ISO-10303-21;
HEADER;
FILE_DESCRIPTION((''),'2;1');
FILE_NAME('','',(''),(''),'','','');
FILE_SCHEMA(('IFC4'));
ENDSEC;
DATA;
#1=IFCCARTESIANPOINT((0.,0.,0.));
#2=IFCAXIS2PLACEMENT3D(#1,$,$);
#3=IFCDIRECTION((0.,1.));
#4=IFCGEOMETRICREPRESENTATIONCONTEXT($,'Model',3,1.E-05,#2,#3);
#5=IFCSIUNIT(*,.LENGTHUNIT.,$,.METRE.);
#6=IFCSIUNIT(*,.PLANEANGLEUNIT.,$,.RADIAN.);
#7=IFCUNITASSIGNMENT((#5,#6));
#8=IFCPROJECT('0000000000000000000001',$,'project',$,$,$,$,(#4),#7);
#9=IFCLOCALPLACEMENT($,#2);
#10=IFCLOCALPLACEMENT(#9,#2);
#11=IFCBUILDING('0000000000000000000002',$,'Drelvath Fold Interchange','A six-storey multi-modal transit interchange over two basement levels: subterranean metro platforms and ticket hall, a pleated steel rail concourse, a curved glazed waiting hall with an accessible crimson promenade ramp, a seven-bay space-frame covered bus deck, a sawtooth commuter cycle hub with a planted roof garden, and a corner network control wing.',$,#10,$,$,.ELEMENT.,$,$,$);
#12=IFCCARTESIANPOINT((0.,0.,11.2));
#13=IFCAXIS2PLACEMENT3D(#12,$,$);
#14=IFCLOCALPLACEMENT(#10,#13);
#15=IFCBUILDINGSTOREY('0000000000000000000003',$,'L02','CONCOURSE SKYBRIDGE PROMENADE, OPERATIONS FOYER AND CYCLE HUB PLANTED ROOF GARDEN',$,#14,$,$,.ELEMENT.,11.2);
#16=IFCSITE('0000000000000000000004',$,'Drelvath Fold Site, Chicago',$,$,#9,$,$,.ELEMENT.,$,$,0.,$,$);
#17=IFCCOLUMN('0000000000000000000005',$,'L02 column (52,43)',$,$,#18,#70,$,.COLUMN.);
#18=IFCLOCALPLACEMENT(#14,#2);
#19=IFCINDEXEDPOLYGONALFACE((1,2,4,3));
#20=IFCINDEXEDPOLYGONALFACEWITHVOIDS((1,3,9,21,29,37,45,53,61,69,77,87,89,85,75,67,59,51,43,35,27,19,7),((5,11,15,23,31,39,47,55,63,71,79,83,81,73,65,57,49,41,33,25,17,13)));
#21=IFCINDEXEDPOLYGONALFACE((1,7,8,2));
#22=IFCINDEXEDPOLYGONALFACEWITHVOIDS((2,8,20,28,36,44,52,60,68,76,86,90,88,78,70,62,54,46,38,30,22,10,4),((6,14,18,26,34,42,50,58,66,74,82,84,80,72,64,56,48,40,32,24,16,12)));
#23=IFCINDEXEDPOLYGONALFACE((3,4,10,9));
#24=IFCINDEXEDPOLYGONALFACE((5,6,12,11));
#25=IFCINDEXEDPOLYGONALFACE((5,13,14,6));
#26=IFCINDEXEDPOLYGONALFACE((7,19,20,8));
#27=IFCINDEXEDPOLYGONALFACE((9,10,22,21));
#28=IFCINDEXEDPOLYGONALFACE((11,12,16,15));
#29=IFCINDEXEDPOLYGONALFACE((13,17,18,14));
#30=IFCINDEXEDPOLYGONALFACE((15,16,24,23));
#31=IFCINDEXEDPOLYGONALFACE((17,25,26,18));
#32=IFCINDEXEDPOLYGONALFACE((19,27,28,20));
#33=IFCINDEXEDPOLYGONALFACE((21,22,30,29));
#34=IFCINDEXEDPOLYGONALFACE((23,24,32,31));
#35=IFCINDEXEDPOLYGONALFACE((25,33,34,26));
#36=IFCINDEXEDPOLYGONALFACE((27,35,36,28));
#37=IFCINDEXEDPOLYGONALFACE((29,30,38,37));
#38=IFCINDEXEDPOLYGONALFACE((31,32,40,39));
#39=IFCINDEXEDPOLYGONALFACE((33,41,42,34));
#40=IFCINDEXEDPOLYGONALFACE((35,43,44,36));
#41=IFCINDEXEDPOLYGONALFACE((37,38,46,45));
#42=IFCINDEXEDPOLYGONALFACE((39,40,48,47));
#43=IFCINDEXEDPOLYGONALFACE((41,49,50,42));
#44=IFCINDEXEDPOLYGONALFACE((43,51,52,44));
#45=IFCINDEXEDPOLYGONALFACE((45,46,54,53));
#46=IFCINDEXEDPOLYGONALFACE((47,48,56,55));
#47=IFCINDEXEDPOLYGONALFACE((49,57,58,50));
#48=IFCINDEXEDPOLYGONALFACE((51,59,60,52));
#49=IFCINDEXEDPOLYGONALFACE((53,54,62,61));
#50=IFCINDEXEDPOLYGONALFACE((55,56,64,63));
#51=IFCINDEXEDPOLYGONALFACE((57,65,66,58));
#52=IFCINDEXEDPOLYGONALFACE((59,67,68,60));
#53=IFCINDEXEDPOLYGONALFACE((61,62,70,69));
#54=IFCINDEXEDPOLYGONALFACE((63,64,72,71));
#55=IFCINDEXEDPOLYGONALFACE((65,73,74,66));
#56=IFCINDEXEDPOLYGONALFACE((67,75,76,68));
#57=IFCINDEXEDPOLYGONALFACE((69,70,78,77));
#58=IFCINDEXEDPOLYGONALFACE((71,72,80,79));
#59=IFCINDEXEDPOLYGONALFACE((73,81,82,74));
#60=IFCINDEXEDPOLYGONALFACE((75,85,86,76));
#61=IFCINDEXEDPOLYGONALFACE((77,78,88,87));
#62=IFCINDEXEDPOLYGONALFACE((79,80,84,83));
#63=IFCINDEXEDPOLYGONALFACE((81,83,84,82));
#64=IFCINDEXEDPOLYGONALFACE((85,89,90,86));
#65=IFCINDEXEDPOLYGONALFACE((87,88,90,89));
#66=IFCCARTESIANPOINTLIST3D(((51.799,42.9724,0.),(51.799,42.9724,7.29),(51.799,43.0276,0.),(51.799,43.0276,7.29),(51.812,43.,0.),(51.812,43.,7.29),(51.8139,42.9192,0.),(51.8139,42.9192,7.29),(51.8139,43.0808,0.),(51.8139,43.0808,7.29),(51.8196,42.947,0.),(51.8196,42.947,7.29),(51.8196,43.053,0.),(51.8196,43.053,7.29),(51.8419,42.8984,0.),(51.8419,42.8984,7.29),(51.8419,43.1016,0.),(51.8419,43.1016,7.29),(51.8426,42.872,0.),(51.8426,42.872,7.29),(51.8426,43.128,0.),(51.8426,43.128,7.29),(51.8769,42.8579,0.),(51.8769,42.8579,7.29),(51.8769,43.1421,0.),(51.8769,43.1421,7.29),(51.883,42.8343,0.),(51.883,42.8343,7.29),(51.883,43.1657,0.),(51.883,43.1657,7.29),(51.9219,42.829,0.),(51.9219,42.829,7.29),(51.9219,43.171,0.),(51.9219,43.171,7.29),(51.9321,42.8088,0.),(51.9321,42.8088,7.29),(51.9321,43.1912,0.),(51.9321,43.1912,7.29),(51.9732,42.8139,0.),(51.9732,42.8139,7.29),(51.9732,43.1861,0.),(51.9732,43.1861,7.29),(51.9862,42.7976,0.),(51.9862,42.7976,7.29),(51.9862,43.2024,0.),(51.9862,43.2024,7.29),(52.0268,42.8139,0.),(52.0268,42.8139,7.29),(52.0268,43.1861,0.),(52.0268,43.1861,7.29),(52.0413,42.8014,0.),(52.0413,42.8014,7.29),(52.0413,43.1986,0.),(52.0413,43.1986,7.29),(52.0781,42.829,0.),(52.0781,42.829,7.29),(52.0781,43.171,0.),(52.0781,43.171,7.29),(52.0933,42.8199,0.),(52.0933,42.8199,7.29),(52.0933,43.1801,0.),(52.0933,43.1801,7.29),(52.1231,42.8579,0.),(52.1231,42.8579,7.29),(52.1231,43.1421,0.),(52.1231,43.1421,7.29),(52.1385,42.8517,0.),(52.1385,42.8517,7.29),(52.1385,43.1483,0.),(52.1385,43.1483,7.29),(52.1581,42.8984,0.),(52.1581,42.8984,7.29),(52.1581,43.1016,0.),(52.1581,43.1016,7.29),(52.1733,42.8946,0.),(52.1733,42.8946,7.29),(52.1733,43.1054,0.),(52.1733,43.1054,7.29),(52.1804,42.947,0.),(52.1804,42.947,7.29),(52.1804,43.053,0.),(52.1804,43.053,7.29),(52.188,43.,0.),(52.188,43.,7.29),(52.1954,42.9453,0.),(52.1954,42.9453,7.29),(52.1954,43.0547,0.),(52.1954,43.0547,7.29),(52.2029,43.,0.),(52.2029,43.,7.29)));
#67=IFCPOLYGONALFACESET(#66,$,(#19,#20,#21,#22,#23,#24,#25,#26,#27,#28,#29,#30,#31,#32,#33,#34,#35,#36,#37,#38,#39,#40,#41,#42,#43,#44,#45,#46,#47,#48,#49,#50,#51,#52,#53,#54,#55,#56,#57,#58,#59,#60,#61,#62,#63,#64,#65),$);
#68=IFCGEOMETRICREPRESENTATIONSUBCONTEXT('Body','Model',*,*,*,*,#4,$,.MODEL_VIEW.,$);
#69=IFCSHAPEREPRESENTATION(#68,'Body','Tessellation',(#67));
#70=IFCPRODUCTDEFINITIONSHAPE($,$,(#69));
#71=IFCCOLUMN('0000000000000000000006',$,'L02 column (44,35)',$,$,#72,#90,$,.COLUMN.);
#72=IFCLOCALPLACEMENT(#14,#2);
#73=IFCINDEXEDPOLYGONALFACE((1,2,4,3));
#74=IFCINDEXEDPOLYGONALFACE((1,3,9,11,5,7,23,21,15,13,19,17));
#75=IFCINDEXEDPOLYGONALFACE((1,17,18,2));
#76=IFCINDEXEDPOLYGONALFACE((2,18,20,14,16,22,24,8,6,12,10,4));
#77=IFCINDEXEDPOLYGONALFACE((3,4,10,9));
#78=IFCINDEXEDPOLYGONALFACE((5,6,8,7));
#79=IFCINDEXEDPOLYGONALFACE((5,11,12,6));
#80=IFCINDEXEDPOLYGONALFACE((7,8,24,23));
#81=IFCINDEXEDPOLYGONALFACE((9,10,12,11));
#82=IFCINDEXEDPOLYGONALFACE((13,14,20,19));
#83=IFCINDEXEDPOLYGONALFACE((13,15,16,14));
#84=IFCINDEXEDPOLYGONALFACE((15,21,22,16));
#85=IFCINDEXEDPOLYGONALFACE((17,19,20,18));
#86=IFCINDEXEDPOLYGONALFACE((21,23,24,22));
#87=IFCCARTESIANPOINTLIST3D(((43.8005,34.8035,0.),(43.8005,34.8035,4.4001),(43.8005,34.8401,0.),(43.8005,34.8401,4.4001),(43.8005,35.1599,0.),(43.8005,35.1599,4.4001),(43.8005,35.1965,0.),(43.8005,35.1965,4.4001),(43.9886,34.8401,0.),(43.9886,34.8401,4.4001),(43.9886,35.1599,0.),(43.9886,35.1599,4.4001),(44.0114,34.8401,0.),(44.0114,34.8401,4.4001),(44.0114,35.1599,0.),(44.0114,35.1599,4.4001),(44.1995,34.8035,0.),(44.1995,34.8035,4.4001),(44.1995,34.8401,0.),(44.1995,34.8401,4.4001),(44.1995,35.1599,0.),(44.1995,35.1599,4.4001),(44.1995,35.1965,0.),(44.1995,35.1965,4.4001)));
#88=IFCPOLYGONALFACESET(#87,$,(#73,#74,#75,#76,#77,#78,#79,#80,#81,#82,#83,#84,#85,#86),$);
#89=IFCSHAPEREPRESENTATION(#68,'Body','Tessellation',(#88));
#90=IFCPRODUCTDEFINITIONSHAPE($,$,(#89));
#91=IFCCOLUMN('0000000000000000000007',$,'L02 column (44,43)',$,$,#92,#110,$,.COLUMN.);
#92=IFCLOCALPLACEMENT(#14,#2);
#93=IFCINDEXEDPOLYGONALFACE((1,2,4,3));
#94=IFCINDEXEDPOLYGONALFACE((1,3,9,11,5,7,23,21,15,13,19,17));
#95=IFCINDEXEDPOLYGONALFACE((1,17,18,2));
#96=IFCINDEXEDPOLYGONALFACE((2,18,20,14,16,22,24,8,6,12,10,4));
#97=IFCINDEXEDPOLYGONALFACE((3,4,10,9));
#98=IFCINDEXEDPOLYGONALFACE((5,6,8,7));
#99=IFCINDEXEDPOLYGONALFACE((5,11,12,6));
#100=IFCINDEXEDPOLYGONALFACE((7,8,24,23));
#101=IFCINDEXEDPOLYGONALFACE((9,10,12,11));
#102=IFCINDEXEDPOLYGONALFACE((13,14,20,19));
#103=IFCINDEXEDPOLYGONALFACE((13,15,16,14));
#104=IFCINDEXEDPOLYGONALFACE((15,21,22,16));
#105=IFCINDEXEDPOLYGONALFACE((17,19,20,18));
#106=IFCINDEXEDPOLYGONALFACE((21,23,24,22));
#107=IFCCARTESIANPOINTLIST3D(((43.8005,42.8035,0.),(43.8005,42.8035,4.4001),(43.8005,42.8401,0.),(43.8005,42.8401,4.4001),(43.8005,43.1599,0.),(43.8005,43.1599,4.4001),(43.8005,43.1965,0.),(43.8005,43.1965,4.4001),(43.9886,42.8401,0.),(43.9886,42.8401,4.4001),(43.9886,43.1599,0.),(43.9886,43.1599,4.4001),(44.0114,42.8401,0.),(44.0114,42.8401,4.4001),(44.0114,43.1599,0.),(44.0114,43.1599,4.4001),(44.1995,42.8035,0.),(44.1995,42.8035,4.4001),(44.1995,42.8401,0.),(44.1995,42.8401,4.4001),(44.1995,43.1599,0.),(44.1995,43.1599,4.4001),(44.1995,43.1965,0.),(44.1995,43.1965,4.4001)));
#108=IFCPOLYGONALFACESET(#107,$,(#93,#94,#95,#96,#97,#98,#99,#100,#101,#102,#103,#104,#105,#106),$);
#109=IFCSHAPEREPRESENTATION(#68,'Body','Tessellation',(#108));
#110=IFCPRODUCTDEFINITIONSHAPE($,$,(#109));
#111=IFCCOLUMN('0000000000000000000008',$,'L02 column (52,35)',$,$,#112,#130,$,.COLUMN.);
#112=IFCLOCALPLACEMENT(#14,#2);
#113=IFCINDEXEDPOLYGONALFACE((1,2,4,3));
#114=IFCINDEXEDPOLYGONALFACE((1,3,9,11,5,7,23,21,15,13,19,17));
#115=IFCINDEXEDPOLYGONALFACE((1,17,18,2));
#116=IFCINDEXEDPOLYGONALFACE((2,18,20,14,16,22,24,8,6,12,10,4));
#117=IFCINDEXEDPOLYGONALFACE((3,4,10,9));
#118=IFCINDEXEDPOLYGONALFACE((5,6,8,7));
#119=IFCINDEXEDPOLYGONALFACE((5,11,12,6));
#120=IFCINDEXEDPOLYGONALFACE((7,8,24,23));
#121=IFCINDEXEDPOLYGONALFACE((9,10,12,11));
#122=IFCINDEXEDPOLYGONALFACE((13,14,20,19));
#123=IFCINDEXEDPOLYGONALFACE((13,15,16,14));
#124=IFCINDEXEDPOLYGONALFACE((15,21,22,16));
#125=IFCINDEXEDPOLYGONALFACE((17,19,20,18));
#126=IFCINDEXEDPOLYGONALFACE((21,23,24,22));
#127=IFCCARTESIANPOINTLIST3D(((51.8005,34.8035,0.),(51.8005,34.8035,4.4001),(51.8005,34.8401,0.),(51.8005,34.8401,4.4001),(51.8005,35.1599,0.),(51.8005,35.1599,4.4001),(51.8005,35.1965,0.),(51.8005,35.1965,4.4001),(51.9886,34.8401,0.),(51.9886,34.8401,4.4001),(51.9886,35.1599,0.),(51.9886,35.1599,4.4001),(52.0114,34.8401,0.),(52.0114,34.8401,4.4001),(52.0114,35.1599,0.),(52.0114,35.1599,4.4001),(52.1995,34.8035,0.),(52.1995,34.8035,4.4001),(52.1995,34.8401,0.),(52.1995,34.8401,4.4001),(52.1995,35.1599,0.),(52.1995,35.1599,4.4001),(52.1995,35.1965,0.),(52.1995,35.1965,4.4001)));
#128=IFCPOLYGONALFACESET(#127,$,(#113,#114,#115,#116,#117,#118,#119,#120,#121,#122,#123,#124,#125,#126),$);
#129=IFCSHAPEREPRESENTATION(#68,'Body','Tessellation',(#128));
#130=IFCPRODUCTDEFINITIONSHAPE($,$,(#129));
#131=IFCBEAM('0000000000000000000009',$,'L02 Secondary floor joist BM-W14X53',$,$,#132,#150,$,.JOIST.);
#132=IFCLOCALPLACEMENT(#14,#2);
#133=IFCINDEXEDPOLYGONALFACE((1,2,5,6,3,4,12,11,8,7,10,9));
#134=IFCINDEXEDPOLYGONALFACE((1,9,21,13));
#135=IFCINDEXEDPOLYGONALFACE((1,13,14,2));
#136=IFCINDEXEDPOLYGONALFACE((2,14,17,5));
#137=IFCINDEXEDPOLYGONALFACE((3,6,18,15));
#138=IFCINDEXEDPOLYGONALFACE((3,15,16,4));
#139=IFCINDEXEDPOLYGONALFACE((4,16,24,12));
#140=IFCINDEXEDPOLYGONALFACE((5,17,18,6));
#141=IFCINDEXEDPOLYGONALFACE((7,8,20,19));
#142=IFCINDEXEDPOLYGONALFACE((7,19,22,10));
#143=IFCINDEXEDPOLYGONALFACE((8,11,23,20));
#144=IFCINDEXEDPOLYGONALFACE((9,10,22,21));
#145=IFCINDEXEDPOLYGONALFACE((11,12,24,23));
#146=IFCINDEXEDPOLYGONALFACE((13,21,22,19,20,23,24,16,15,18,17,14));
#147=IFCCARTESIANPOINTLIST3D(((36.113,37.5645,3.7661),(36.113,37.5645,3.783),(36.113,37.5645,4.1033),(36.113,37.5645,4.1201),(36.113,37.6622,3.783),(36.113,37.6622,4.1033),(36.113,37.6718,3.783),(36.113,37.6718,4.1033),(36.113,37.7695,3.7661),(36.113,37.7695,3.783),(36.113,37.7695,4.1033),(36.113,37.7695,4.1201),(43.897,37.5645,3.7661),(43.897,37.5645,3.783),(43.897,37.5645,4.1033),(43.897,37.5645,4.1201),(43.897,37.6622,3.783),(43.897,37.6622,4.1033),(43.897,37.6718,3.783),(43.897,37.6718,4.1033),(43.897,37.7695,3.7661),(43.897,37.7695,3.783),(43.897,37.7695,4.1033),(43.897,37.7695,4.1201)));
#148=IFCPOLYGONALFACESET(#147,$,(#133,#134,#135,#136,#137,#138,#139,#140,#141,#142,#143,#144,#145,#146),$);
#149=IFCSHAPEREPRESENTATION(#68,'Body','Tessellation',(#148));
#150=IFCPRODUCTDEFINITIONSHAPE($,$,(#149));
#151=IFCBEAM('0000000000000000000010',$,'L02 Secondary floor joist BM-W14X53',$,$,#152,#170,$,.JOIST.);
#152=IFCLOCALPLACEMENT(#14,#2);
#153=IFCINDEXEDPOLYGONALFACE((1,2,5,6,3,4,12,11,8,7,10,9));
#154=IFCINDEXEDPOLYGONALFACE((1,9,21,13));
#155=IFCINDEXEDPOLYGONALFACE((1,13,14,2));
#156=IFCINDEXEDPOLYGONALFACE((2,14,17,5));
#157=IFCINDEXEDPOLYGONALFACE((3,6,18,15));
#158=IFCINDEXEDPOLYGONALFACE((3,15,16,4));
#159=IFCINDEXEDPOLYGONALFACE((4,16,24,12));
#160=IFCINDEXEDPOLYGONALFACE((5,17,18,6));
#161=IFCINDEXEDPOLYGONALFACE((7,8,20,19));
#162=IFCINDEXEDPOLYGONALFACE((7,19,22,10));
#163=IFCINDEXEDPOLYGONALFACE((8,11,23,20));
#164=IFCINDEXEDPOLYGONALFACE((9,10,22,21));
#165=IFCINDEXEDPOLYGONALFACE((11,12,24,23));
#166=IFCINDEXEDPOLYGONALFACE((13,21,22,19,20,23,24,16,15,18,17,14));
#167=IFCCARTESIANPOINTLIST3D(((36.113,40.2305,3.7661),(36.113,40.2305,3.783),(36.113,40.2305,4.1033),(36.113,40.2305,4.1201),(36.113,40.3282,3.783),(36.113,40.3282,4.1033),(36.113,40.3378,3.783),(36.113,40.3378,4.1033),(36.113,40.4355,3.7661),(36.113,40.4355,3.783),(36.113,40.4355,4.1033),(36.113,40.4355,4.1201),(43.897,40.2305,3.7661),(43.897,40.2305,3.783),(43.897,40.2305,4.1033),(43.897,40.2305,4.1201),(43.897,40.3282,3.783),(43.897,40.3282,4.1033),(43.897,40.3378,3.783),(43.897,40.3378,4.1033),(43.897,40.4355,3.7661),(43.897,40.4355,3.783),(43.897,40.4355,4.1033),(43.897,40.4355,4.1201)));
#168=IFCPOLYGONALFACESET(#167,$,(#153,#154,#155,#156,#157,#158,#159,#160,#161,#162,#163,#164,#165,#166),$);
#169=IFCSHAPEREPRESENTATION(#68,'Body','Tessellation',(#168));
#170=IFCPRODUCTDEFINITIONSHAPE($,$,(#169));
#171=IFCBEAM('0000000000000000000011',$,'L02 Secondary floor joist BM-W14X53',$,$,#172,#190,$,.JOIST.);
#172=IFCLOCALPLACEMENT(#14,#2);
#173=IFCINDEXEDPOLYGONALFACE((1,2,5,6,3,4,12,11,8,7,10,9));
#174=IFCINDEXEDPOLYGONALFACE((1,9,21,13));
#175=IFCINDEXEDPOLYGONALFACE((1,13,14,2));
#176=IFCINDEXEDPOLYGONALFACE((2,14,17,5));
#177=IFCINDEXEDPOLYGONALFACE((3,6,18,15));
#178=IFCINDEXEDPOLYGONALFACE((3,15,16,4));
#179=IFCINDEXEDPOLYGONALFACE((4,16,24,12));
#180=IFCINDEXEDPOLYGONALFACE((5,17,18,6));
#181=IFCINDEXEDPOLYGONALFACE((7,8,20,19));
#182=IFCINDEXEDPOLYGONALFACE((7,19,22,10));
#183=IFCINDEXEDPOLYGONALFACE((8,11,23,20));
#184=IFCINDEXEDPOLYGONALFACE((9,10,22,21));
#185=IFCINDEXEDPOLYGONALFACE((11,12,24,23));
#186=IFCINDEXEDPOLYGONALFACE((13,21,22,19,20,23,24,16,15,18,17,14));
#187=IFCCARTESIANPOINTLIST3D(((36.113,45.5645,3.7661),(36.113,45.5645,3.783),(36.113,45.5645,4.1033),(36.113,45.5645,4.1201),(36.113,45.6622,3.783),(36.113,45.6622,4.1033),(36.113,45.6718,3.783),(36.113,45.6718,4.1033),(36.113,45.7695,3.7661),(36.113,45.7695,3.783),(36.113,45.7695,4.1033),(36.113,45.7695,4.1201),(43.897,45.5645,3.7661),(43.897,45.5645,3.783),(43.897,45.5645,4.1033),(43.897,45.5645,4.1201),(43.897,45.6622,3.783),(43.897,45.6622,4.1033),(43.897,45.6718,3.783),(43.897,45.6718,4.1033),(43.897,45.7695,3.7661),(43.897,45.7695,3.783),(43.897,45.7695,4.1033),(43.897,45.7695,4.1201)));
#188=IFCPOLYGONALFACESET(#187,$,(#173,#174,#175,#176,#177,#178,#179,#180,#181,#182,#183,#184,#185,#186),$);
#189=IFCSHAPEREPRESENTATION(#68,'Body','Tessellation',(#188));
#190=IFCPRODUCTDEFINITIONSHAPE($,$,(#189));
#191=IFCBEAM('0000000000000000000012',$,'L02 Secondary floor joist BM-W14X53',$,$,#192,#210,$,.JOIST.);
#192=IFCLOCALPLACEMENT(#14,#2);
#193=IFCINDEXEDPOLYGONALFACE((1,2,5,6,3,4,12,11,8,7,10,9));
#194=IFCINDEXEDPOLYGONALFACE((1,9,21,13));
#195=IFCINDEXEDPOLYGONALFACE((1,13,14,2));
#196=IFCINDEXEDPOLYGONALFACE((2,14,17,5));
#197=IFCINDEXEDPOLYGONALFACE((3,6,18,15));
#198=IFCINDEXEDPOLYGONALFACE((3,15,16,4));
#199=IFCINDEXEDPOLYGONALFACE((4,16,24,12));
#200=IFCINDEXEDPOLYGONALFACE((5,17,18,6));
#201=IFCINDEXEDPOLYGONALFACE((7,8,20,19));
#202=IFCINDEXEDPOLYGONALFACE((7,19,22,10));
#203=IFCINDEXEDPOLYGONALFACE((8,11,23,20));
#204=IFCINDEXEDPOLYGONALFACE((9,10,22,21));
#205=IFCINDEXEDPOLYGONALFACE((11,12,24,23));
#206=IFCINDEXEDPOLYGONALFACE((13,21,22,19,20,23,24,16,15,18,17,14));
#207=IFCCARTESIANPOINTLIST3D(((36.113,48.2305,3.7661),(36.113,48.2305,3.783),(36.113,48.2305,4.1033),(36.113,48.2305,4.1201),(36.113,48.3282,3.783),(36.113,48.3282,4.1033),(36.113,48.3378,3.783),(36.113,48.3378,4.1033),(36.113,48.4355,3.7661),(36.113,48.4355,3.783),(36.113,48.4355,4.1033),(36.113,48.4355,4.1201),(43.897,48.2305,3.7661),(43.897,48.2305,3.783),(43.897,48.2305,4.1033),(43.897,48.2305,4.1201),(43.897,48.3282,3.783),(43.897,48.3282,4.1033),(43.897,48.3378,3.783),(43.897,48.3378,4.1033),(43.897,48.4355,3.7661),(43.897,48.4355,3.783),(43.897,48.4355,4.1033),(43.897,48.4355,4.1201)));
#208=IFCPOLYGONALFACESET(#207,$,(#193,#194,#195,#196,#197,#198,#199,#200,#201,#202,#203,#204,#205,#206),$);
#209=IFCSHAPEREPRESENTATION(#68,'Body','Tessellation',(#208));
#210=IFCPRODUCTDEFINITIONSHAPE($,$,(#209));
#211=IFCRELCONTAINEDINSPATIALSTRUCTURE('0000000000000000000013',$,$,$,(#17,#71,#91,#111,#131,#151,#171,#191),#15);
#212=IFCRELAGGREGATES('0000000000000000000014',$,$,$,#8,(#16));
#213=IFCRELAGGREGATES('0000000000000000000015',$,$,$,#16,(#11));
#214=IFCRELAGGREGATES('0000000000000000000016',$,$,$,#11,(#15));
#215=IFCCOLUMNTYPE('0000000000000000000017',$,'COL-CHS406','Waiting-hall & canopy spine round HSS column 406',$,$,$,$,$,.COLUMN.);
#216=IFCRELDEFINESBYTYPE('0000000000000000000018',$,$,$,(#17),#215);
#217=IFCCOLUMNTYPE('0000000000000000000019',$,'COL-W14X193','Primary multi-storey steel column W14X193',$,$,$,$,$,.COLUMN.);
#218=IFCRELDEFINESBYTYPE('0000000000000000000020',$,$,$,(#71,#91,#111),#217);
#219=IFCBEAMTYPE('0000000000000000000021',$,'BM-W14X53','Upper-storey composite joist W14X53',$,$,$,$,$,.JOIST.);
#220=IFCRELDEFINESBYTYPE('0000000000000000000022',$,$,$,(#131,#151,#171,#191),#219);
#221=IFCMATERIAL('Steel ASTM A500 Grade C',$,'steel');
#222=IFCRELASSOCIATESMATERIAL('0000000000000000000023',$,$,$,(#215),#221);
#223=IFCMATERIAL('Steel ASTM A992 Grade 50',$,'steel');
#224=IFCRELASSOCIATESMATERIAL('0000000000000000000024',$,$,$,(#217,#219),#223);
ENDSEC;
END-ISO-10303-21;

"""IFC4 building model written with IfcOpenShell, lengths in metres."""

from ifc_helpers import new_model, si_unit, direction, frame, origin, origin_2d, place, context, subcontext, project, spatial, hollow_circle, i_section, extrude, material, material_profile, profile_set, type_object, element, save


model = new_model("IFC4")

# Units and contexts
model_context = context("Model", 3, precision=1e-05, world=origin(), true_north=direction((0.0, 1.0)))
body_context = subcontext(model_context, "Body", "Model", "MODEL_VIEW")
ifc_project = project(units=[si_unit("LENGTHUNIT", "METRE"), si_unit("PLANEANGLEUNIT", "RADIAN")], contexts=[model_context])

# Site, building, storey
site_placement = place(None, origin())
site = spatial("IfcSite", under=ifc_project, at=site_placement, Name="Drelvath Fold Site, Chicago", CompositionType="ELEMENT", RefElevation=0.0)
building_placement = place(site_placement, origin())
building = spatial("IfcBuilding", under=site, at=building_placement, Name="Drelvath Fold Interchange", Description="A six-storey multi-modal transit interchange over two basement levels: subterranean metro platforms and ticket hall, a pleated steel rail concourse, a curved glazed waiting hall with an accessible crimson promenade ramp, a seven-bay space-frame covered bus deck, a sawtooth commuter cycle hub with a planted roof garden, and a corner network control wing.", CompositionType="ELEMENT")
storey_placement = place(building_placement, frame((0.0, 0.0, 11.2)))
storey = spatial("IfcBuildingStorey", under=building, at=storey_placement, Name="L02", Description="CONCOURSE SKYBRIDGE PROMENADE, OPERATIONS FOYER AND CYCLE HUB PLANTED ROOF GARDEN", CompositionType="ELEMENT", Elevation=11.2)

# Columns
ifc_material_1 = material(Name="Steel ASTM A500 Grade C", Category="steel")
ifc_material_profile_1 = material_profile(ifc_material_1, hollow_circle(Radius=0.2029, WallThickness=0.0149, at=origin_2d()), Name="HSS16.000X0.625")
ifc_profile_set_1 = profile_set([ifc_material_profile_1], Name="Steel ASTM A500 Grade C")
column_type_1 = type_object("IfcColumnType", Name="COL-CHS406", Description="Waiting-hall & canopy spine round HSS column 406", PredefinedType="COLUMN", material=ifc_profile_set_1)
column_placement = place(storey_placement, frame((52.0, 43.0, 0.0), z_axis=(0.0, 0.0, 1.0), x_axis=(1.0, 0.0, 0.0)))
element("IfcColumn", 1, at=column_placement, inside=storey, type_object=column_type_1, Name="L02 column (52,43)", PredefinedType="COLUMN", context=body_context, shape_type="SweptSolid", body=[
    extrude(hollow_circle(Radius=0.2029, WallThickness=0.0149, at=origin_2d()), origin(), (0.0, 0.0, 1.0), 7.29),
])
ifc_material_2 = material(Name="Steel ASTM A992 Grade 50", Category="steel")
ifc_material_profile_2 = material_profile(ifc_material_2, i_section(OverallWidth=0.3989, OverallDepth=0.3931, WebThickness=0.0227, FlangeThickness=0.0366, at=origin_2d()), Name="W14X193")
ifc_profile_set_2 = profile_set([ifc_material_profile_2], Name="Steel ASTM A992 Grade 50")
column_type_2 = type_object("IfcColumnType", Name="COL-W14X193", Description="Primary multi-storey steel column W14X193", PredefinedType="COLUMN", material=ifc_profile_set_2)
for number, where, z_axis, x_axis, name in (
    (2, (44.0, 35.0, 0.0), (0.0, 0.0, 1.0), (1.0, 0.0, 0.0), "L02 column (44,35)"),
    (3, (44.0, 43.0, 0.0), (0.0, 0.0, 1.0), (1.0, 0.0, 0.0), "L02 column (44,43)"),
    (4, (52.0, 35.0, 0.0), (0.0, 0.0, 1.0), (1.0, 0.0, 0.0), "L02 column (52,35)"),
):
    element("IfcColumn", number, at=place(storey_placement, frame(where, z_axis=z_axis, x_axis=x_axis)), inside=storey, type_object=column_type_2, Name=name, PredefinedType="COLUMN", context=body_context, shape_type="SweptSolid", body=[
        extrude(i_section(OverallWidth=0.3989, OverallDepth=0.3931, WebThickness=0.0227, FlangeThickness=0.0366, at=origin_2d()), origin(), (0.0, 0.0, 1.0), 4.4001),
    ])

# Beams
ifc_material_profile_3 = material_profile(ifc_material_2, i_section(OverallWidth=0.2051, OverallDepth=0.354, WebThickness=0.0095, FlangeThickness=0.0168, at=origin_2d()), Name="W14X53")
ifc_profile_set_3 = profile_set([ifc_material_profile_3], Name="Steel ASTM A992 Grade 50")
beam_type_1 = type_object("IfcBeamType", Name="BM-W14X53", Description="Upper-storey composite joist W14X53", PredefinedType="JOIST", material=ifc_profile_set_3)
for number, where, z_axis, x_axis, name in (
    (5, (36.113, 37.667, 3.9431), (1.0, 0.0, 0.0), (0.0, 1.0, 0.0), "L02 Secondary floor joist BM-W14X53"),
    (6, (36.113, 40.333, 3.9431), (1.0, 0.0, 0.0), (0.0, 1.0, 0.0), "L02 Secondary floor joist BM-W14X53"),
    (7, (36.113, 45.667, 3.9431), (1.0, 0.0, 0.0), (0.0, 1.0, 0.0), "L02 Secondary floor joist BM-W14X53"),
    (8, (36.113, 48.333, 3.9431), (1.0, 0.0, 0.0), (0.0, 1.0, 0.0), "L02 Secondary floor joist BM-W14X53"),
):
    element("IfcBeam", number, at=place(storey_placement, frame(where, z_axis=z_axis, x_axis=x_axis)), inside=storey, type_object=beam_type_1, Name=name, PredefinedType="JOIST", context=body_context, shape_type="SweptSolid", body=[
        extrude(i_section(OverallWidth=0.2051, OverallDepth=0.354, WebThickness=0.0095, FlangeThickness=0.0168, at=origin_2d()), origin(), (0.0, 0.0, 1.0), 7.7839),
    ])

save(model, "model.ifc")
